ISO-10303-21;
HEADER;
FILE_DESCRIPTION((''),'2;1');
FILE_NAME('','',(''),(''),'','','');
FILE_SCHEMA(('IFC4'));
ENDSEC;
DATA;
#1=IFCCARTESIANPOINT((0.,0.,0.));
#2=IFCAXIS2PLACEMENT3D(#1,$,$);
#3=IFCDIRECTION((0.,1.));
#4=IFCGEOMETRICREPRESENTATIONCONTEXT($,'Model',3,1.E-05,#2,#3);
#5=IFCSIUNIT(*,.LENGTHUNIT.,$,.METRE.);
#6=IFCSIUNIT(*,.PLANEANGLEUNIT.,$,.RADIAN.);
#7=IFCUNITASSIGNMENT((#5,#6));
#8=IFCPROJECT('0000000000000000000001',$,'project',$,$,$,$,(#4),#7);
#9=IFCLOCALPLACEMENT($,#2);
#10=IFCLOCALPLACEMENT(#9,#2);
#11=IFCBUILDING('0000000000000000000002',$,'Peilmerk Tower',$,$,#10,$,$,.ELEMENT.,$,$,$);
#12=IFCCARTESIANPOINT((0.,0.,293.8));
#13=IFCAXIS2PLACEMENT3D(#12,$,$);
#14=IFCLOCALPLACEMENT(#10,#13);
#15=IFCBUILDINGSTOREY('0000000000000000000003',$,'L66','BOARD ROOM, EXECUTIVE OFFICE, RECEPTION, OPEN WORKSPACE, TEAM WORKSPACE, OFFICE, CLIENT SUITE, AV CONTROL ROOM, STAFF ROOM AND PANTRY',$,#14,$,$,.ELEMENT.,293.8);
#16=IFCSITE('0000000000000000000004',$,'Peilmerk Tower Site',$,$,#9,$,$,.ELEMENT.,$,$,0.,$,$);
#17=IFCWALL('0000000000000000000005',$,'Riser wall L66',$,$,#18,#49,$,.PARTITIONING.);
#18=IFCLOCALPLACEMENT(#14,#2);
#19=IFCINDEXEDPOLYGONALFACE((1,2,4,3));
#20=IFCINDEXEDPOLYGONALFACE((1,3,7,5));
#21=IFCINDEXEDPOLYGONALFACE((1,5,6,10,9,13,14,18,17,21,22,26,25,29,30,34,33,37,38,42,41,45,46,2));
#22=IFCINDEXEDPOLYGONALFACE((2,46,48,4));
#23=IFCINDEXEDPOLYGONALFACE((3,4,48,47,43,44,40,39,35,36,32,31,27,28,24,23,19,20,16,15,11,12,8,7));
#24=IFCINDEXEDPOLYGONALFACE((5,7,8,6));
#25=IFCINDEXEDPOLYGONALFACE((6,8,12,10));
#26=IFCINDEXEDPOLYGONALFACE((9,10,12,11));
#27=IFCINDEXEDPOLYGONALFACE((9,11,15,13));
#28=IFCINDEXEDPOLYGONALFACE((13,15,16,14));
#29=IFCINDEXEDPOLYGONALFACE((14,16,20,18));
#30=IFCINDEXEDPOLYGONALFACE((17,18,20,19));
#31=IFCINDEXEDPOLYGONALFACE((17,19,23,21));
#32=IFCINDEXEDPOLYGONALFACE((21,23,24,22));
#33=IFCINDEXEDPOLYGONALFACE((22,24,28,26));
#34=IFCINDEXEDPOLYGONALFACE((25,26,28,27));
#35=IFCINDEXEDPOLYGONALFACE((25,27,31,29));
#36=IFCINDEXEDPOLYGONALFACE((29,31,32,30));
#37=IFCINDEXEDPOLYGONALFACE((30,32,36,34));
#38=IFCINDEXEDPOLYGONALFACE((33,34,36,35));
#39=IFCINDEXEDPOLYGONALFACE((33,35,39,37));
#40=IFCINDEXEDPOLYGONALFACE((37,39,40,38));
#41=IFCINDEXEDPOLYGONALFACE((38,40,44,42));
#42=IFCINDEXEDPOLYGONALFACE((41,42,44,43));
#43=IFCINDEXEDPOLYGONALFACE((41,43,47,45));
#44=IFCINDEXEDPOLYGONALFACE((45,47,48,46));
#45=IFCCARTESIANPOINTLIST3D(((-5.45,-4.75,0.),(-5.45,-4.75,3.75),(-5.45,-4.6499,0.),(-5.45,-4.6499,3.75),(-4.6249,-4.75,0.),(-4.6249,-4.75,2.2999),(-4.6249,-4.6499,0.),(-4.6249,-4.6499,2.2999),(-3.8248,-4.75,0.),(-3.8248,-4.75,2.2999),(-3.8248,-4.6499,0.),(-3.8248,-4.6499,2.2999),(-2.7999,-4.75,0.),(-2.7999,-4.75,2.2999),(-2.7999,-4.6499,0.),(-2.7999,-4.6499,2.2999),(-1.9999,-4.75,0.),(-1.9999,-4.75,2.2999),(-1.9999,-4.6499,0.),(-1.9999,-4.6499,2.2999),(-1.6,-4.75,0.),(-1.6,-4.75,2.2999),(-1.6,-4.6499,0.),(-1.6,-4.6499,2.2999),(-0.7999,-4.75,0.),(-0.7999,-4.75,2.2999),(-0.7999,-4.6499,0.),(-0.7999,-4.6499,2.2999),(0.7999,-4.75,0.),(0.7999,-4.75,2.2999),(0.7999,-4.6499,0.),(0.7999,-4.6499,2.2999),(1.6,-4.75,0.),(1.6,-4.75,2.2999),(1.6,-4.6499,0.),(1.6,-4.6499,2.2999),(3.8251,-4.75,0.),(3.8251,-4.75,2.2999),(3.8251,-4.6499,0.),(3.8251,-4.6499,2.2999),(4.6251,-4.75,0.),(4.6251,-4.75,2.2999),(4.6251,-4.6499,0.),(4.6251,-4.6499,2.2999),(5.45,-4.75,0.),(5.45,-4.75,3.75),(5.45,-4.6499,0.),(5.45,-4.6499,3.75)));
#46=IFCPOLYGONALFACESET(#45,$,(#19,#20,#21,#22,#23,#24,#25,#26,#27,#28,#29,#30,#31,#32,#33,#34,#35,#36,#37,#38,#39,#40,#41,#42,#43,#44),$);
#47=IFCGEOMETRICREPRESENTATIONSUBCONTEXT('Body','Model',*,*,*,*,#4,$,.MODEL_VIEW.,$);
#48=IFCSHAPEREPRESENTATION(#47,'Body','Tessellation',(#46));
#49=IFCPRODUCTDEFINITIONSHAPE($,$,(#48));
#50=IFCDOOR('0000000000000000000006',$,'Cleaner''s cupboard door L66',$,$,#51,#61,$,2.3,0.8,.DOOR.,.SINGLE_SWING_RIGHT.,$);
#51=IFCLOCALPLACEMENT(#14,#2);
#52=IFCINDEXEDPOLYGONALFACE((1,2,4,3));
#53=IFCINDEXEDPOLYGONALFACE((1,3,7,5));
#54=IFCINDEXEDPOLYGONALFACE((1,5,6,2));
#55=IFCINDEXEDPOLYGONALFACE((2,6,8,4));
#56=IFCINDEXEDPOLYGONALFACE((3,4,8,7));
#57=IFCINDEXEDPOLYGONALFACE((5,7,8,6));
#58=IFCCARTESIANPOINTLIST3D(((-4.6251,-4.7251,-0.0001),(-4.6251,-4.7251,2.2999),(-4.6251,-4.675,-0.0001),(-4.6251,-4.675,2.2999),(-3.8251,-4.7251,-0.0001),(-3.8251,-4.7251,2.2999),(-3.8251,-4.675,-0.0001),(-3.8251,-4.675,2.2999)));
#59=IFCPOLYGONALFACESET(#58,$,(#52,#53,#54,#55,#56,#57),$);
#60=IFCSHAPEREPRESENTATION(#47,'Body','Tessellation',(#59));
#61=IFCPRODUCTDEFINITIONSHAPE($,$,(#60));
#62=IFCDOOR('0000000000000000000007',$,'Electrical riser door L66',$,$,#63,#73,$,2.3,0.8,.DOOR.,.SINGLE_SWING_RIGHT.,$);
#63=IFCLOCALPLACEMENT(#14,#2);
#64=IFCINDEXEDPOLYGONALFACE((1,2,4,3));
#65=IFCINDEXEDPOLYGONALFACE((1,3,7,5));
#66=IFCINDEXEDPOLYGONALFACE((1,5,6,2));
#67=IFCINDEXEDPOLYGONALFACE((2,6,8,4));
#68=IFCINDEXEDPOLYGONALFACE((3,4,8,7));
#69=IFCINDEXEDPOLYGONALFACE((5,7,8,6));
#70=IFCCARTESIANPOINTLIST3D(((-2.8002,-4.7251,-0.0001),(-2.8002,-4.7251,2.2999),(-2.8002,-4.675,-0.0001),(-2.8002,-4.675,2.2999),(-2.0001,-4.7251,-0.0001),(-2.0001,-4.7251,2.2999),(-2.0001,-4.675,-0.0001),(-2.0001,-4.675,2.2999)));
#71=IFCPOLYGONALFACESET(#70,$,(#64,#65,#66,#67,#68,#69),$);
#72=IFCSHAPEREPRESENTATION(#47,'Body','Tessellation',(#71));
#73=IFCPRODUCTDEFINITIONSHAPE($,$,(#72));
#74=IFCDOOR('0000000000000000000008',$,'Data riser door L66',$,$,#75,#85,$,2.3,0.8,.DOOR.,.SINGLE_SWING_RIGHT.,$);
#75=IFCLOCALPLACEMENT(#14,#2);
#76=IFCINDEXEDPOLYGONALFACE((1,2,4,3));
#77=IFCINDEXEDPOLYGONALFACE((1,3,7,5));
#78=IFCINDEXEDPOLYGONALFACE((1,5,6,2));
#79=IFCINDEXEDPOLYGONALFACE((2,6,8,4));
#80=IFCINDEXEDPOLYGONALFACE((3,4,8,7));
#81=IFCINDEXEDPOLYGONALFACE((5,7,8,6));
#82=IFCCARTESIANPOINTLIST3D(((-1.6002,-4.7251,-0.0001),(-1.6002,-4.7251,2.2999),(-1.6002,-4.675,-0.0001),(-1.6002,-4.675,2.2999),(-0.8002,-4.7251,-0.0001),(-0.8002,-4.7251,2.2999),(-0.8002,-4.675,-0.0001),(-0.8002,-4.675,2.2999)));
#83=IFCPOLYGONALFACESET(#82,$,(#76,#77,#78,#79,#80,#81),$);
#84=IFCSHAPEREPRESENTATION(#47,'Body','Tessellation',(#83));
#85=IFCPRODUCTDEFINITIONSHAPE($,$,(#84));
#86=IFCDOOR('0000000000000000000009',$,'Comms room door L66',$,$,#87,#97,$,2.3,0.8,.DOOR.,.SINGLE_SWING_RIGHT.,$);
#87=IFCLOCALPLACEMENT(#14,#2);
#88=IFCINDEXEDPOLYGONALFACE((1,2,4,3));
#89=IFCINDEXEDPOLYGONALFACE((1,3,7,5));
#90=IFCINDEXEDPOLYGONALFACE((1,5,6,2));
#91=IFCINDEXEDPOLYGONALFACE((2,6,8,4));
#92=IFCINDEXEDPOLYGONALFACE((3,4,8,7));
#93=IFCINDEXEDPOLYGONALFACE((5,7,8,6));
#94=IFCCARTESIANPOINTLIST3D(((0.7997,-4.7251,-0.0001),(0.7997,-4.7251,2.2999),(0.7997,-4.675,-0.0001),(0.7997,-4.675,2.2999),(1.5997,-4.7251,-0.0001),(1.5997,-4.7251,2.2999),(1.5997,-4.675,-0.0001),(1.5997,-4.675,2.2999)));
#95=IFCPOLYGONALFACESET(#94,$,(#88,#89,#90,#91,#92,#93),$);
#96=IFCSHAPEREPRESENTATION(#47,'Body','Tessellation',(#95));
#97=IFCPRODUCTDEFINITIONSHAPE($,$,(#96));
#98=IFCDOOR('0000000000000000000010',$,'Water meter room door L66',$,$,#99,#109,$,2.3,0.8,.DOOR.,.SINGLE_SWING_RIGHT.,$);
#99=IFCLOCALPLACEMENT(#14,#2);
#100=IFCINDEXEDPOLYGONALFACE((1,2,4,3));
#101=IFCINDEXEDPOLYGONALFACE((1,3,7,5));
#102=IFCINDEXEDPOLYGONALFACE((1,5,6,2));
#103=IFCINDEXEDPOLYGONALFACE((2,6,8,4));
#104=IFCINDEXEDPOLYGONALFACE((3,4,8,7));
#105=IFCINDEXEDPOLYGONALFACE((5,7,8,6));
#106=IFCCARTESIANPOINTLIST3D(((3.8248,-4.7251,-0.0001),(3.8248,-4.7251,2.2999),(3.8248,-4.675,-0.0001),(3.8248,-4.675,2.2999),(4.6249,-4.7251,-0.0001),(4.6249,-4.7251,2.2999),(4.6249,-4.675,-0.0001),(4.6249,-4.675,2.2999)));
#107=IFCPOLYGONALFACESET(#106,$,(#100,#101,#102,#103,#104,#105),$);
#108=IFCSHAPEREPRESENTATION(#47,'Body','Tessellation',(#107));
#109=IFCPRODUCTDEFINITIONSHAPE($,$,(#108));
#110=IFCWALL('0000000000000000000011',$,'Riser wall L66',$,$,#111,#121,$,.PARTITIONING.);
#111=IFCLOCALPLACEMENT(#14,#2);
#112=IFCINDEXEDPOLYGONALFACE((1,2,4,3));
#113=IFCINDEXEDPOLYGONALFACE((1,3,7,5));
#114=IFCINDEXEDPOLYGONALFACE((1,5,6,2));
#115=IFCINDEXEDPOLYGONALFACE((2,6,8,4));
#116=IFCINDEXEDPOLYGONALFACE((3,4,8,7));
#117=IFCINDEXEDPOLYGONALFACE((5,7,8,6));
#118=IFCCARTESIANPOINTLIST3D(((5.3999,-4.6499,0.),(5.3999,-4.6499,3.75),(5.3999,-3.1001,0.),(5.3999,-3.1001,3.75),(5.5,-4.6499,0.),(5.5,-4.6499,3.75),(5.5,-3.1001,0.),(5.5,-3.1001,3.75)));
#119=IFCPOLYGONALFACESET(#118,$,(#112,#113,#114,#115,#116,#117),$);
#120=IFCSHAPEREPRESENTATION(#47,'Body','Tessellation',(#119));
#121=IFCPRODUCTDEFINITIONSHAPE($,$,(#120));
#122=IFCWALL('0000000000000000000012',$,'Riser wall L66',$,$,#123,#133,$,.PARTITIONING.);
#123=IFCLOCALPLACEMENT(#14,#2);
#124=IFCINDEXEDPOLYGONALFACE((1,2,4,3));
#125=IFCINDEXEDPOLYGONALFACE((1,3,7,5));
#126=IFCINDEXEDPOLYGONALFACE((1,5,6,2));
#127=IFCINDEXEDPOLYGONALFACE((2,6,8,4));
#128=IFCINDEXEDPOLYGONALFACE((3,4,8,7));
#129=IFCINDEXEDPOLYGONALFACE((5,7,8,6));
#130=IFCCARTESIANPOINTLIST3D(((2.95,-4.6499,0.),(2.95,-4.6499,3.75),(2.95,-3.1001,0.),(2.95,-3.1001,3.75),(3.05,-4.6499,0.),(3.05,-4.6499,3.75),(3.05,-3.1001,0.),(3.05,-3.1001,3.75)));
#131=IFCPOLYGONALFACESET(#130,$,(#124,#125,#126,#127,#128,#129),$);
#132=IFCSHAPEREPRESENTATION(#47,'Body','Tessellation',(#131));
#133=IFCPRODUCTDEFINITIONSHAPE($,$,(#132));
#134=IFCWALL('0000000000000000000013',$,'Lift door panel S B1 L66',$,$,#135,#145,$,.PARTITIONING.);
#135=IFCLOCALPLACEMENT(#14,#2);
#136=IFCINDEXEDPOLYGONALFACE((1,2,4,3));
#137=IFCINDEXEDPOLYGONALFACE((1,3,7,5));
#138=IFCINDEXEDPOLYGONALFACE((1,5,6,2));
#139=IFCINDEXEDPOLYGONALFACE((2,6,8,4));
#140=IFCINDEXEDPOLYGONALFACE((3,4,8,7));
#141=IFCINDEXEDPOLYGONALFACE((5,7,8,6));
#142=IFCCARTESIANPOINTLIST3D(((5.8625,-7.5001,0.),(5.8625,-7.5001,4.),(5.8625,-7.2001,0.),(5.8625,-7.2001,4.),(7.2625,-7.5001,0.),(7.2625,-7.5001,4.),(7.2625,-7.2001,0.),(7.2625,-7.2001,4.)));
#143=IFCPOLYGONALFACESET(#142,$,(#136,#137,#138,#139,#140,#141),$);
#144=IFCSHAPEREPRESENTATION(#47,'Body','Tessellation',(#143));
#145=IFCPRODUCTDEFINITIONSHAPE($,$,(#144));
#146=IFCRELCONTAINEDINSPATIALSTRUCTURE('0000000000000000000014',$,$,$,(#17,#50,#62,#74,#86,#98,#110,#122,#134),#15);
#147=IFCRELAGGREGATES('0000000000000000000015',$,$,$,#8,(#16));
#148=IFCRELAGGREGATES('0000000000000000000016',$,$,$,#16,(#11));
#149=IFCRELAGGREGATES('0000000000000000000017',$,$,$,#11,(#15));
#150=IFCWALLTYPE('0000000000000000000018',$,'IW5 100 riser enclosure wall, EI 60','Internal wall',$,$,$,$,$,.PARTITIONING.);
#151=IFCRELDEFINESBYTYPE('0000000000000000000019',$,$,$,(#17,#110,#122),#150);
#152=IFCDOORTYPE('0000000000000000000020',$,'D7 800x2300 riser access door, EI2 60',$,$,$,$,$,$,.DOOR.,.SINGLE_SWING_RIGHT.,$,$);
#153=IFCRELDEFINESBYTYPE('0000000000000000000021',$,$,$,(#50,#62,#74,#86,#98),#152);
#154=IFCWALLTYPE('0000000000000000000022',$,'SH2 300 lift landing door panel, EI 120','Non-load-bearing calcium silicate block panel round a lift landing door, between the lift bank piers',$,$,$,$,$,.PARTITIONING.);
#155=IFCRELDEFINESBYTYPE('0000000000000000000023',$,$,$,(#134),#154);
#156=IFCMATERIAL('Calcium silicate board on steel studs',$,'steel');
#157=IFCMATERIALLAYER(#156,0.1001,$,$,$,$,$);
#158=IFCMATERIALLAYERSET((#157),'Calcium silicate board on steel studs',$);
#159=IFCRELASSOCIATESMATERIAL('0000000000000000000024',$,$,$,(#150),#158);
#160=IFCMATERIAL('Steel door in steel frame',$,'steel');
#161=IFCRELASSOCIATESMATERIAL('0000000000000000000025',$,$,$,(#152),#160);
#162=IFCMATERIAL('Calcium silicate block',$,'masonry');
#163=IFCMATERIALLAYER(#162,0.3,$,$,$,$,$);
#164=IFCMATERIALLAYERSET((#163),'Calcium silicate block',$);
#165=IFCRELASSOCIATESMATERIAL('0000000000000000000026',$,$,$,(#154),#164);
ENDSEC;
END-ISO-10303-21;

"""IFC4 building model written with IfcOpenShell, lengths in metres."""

from ifc_helpers import new_model, si_unit, direction, frame, frame_2d, origin, place, context, subcontext, project, spatial, rectangle, extrude, material, layer, layer_set, type_object, element, fill, save


model = new_model("IFC4")

# Units and contexts
model_context = context("Model", 3, precision=1e-05, world=origin(), true_north=direction((0.0, 1.0)))
body_context = subcontext(model_context, "Body", "Model", "MODEL_VIEW")
ifc_project = project(units=[si_unit("LENGTHUNIT", "METRE"), si_unit("PLANEANGLEUNIT", "RADIAN")], contexts=[model_context])

# Site, building, storey
site_placement = place(None, origin())
site = spatial("IfcSite", under=ifc_project, at=site_placement, Name="Peilmerk Tower Site", CompositionType="ELEMENT", RefElevation=0.0)
building_placement = place(site_placement, origin())
building = spatial("IfcBuilding", under=site, at=building_placement, Name="Peilmerk Tower", CompositionType="ELEMENT")
storey_placement = place(building_placement, frame((0.0, 0.0, 293.8)))
storey = spatial("IfcBuildingStorey", under=building, at=storey_placement, Name="L66", Description="BOARD ROOM, EXECUTIVE OFFICE, RECEPTION, OPEN WORKSPACE, TEAM WORKSPACE, OFFICE, CLIENT SUITE, AV CONTROL ROOM, STAFF ROOM AND PANTRY", CompositionType="ELEMENT", Elevation=293.8)

# Shared definitions
ifc_material_1 = material(Name="Steel door in steel frame", Category="steel")

# Shared definitions
ifc_material_2 = material(Name="Calcium silicate board on steel studs", Category="steel")
ifc_layer_1 = layer(ifc_material_2, 0.1001)
ifc_layer_set_1 = layer_set([ifc_layer_1], Name="Calcium silicate board on steel studs")
wall_type_1 = type_object("IfcWallType", Name="IW5 100 riser enclosure wall, EI 60", Description="Internal wall", PredefinedType="PARTITIONING", material=ifc_layer_set_1)

# Wall, openings, doors
wall_1_placement = place(storey_placement, frame((5.45, -4.7, 0.0), z_axis=(0.0, 0.0, 1.0), x_axis=(-1.0, 0.0, 0.0)))
wall_1 = element("IfcWall", 1, at=wall_1_placement, inside=storey, type_object=wall_type_1, Name="Riser wall L66", PredefinedType="PARTITIONING", context=body_context, shape_type="SweptSolid", body=[
    extrude(rectangle(XDim=10.8999, YDim=0.1001, at=frame_2d((5.45, 0.0))), origin(), (0.0, 0.0, 1.0), 3.75),
])
opening_1_placement = place(wall_1_placement, frame((9.2749, 0.0, 0.0)))
opening_1 = element("IfcOpeningElement", 2, at=opening_1_placement, cuts=wall_1, PredefinedType="OPENING", context=body_context, shape_type="SweptSolid", body=[
    extrude(rectangle(XDim=0.8, YDim=2.3, at=frame_2d((0.3999, 1.1499))), frame((0.0, 0.0601, 0.0), z_axis=(0.0, -1.0, 0.0), x_axis=(1.0, 0.0, 0.0)), (0.0, 0.0, 1.0), 0.1201),
])
opening_2_placement = place(wall_1_placement, frame((7.45, 0.0, 0.0)))
opening_2 = element("IfcOpeningElement", 3, at=opening_2_placement, cuts=wall_1, PredefinedType="OPENING", context=body_context, shape_type="SweptSolid", body=[
    extrude(rectangle(XDim=0.8, YDim=2.3, at=frame_2d((0.3999, 1.1499))), frame((0.0, 0.0601, 0.0), z_axis=(0.0, -1.0, 0.0), x_axis=(1.0, 0.0, 0.0)), (0.0, 0.0, 1.0), 0.1201),
])
opening_3_placement = place(wall_1_placement, frame((6.25, 0.0, 0.0)))
opening_3 = element("IfcOpeningElement", 4, at=opening_3_placement, cuts=wall_1, PredefinedType="OPENING", context=body_context, shape_type="SweptSolid", body=[
    extrude(rectangle(XDim=0.8, YDim=2.3, at=frame_2d((0.3999, 1.1499))), frame((0.0, 0.0601, 0.0), z_axis=(0.0, -1.0, 0.0), x_axis=(1.0, 0.0, 0.0)), (0.0, 0.0, 1.0), 0.1201),
])
opening_4_placement = place(wall_1_placement, frame((3.8501, 0.0, 0.0)))
opening_4 = element("IfcOpeningElement", 5, at=opening_4_placement, cuts=wall_1, PredefinedType="OPENING", context=body_context, shape_type="SweptSolid", body=[
    extrude(rectangle(XDim=0.8, YDim=2.3, at=frame_2d((0.3999, 1.1499))), frame((0.0, 0.0601, 0.0), z_axis=(0.0, -1.0, 0.0), x_axis=(1.0, 0.0, 0.0)), (0.0, 0.0, 1.0), 0.1201),
])
opening_5_placement = place(wall_1_placement, frame((0.825, 0.0, 0.0)))
opening_5 = element("IfcOpeningElement", 6, at=opening_5_placement, cuts=wall_1, PredefinedType="OPENING", context=body_context, shape_type="SweptSolid", body=[
    extrude(rectangle(XDim=0.8, YDim=2.3, at=frame_2d((0.3999, 1.1499))), frame((0.0, 0.0601, 0.0), z_axis=(0.0, -1.0, 0.0), x_axis=(1.0, 0.0, 0.0)), (0.0, 0.0, 1.0), 0.1201),
])
door_type_1 = type_object("IfcDoorType", Name="D7 800x2300 riser access door, EI2 60", OperationType="SINGLE_SWING_RIGHT", PredefinedType="DOOR", material=ifc_material_1)
door_1_placement = place(opening_1_placement, frame((0.8, 0.0, 0.0), z_axis=(0.0, 0.0, 1.0), x_axis=(-1.0, 0.0, 0.0)))
door_1 = element("IfcDoor", 7, at=door_1_placement, inside=storey, type_object=door_type_1, Name="Cleaner's cupboard door L66", OperationType="SINGLE_SWING_RIGHT", OverallHeight=2.3, OverallWidth=0.8, PredefinedType="DOOR", context=body_context, shape_type="SweptSolid", body=[
    extrude(rectangle(XDim=0.8, YDim=2.3, at=frame_2d((0.3999, 1.1499))), frame((0.0, 0.0249, 0.0), z_axis=(0.0, -1.0, 0.0), x_axis=(1.0, 0.0, 0.0)), (0.0, 0.0, 1.0), 0.05),
])
fill(opening_1, door_1)
door_2_placement = place(opening_2_placement, frame((0.8, 0.0, 0.0), z_axis=(0.0, 0.0, 1.0), x_axis=(-1.0, 0.0, 0.0)))
door_2 = element("IfcDoor", 8, at=door_2_placement, inside=storey, type_object=door_type_1, Name="Electrical riser door L66", OperationType="SINGLE_SWING_RIGHT", OverallHeight=2.3, OverallWidth=0.8, PredefinedType="DOOR", context=body_context, shape_type="SweptSolid", body=[
    extrude(rectangle(XDim=0.8, YDim=2.3, at=frame_2d((0.3999, 1.1499))), frame((0.0, 0.0249, 0.0), z_axis=(0.0, -1.0, 0.0), x_axis=(1.0, 0.0, 0.0)), (0.0, 0.0, 1.0), 0.05),
])
fill(opening_2, door_2)
door_3_placement = place(opening_3_placement, frame((0.8, 0.0, 0.0), z_axis=(0.0, 0.0, 1.0), x_axis=(-1.0, 0.0, 0.0)))
door_3 = element("IfcDoor", 9, at=door_3_placement, inside=storey, type_object=door_type_1, Name="Data riser door L66", OperationType="SINGLE_SWING_RIGHT", OverallHeight=2.3, OverallWidth=0.8, PredefinedType="DOOR", context=body_context, shape_type="SweptSolid", body=[
    extrude(rectangle(XDim=0.8, YDim=2.3, at=frame_2d((0.3999, 1.1499))), frame((0.0, 0.0249, 0.0), z_axis=(0.0, -1.0, 0.0), x_axis=(1.0, 0.0, 0.0)), (0.0, 0.0, 1.0), 0.05),
])
fill(opening_3, door_3)
door_4_placement = place(opening_4_placement, frame((0.8, 0.0, 0.0), z_axis=(0.0, 0.0, 1.0), x_axis=(-1.0, 0.0, 0.0)))
door_4 = element("IfcDoor", 10, at=door_4_placement, inside=storey, type_object=door_type_1, Name="Comms room door L66", OperationType="SINGLE_SWING_RIGHT", OverallHeight=2.3, OverallWidth=0.8, PredefinedType="DOOR", context=body_context, shape_type="SweptSolid", body=[
    extrude(rectangle(XDim=0.8, YDim=2.3, at=frame_2d((0.3999, 1.1499))), frame((0.0, 0.0249, 0.0), z_axis=(0.0, -1.0, 0.0), x_axis=(1.0, 0.0, 0.0)), (0.0, 0.0, 1.0), 0.05),
])
fill(opening_4, door_4)
door_5_placement = place(opening_5_placement, frame((0.8, 0.0, 0.0), z_axis=(0.0, 0.0, 1.0), x_axis=(-1.0, 0.0, 0.0)))
door_5 = element("IfcDoor", 11, at=door_5_placement, inside=storey, type_object=door_type_1, Name="Water meter room door L66", OperationType="SINGLE_SWING_RIGHT", OverallHeight=2.3, OverallWidth=0.8, PredefinedType="DOOR", context=body_context, shape_type="SweptSolid", body=[
    extrude(rectangle(XDim=0.8, YDim=2.3, at=frame_2d((0.3999, 1.1499))), frame((0.0, 0.0249, 0.0), z_axis=(0.0, -1.0, 0.0), x_axis=(1.0, 0.0, 0.0)), (0.0, 0.0, 1.0), 0.05),
])
fill(opening_5, door_5)

# Walls
for number, where, z_axis, x_axis, name in (
    (12, (5.45, -3.1001, 0.0), (0.0, 0.0, 1.0), (0.0, -1.0, 0.0), "Riser wall L66"),
    (13, (3.0, -3.1001, 0.0), (0.0, 0.0, 1.0), (0.0, -1.0, 0.0), "Riser wall L66"),
):
    element("IfcWall", number, at=place(storey_placement, frame(where, z_axis=z_axis, x_axis=x_axis)), inside=storey, type_object=wall_type_1, Name=name, PredefinedType="PARTITIONING", context=body_context, shape_type="SweptSolid", body=[
        extrude(rectangle(XDim=1.5498, YDim=0.1001, at=frame_2d((0.7749, 0.0))), origin(), (0.0, 0.0, 1.0), 3.75),
    ])
ifc_material_3 = material(Name="Calcium silicate block", Category="masonry")
ifc_layer_2 = layer(ifc_material_3, 0.3)
ifc_layer_set_2 = layer_set([ifc_layer_2], Name="Calcium silicate block")
wall_type_2 = type_object("IfcWallType", Name="SH2 300 lift landing door panel, EI 120", Description="Non-load-bearing calcium silicate block panel round a lift landing door, between the lift bank piers", PredefinedType="PARTITIONING", material=ifc_layer_set_2)
wall_2_placement = place(storey_placement, frame((5.8625, -7.3501, 0.0), z_axis=(0.0, 0.0, 1.0), x_axis=(1.0, 0.0, 0.0)))
element("IfcWall", 14, at=wall_2_placement, inside=storey, type_object=wall_type_2, Name="Lift door panel S B1 L66", PredefinedType="PARTITIONING", context=body_context, shape_type="SweptSolid", body=[
    extrude(rectangle(XDim=1.3999, YDim=0.3, at=frame_2d((0.7, 0.0))), origin(), (0.0, 0.0, 1.0), 4.0),
])

save(model, "model.ifc")
